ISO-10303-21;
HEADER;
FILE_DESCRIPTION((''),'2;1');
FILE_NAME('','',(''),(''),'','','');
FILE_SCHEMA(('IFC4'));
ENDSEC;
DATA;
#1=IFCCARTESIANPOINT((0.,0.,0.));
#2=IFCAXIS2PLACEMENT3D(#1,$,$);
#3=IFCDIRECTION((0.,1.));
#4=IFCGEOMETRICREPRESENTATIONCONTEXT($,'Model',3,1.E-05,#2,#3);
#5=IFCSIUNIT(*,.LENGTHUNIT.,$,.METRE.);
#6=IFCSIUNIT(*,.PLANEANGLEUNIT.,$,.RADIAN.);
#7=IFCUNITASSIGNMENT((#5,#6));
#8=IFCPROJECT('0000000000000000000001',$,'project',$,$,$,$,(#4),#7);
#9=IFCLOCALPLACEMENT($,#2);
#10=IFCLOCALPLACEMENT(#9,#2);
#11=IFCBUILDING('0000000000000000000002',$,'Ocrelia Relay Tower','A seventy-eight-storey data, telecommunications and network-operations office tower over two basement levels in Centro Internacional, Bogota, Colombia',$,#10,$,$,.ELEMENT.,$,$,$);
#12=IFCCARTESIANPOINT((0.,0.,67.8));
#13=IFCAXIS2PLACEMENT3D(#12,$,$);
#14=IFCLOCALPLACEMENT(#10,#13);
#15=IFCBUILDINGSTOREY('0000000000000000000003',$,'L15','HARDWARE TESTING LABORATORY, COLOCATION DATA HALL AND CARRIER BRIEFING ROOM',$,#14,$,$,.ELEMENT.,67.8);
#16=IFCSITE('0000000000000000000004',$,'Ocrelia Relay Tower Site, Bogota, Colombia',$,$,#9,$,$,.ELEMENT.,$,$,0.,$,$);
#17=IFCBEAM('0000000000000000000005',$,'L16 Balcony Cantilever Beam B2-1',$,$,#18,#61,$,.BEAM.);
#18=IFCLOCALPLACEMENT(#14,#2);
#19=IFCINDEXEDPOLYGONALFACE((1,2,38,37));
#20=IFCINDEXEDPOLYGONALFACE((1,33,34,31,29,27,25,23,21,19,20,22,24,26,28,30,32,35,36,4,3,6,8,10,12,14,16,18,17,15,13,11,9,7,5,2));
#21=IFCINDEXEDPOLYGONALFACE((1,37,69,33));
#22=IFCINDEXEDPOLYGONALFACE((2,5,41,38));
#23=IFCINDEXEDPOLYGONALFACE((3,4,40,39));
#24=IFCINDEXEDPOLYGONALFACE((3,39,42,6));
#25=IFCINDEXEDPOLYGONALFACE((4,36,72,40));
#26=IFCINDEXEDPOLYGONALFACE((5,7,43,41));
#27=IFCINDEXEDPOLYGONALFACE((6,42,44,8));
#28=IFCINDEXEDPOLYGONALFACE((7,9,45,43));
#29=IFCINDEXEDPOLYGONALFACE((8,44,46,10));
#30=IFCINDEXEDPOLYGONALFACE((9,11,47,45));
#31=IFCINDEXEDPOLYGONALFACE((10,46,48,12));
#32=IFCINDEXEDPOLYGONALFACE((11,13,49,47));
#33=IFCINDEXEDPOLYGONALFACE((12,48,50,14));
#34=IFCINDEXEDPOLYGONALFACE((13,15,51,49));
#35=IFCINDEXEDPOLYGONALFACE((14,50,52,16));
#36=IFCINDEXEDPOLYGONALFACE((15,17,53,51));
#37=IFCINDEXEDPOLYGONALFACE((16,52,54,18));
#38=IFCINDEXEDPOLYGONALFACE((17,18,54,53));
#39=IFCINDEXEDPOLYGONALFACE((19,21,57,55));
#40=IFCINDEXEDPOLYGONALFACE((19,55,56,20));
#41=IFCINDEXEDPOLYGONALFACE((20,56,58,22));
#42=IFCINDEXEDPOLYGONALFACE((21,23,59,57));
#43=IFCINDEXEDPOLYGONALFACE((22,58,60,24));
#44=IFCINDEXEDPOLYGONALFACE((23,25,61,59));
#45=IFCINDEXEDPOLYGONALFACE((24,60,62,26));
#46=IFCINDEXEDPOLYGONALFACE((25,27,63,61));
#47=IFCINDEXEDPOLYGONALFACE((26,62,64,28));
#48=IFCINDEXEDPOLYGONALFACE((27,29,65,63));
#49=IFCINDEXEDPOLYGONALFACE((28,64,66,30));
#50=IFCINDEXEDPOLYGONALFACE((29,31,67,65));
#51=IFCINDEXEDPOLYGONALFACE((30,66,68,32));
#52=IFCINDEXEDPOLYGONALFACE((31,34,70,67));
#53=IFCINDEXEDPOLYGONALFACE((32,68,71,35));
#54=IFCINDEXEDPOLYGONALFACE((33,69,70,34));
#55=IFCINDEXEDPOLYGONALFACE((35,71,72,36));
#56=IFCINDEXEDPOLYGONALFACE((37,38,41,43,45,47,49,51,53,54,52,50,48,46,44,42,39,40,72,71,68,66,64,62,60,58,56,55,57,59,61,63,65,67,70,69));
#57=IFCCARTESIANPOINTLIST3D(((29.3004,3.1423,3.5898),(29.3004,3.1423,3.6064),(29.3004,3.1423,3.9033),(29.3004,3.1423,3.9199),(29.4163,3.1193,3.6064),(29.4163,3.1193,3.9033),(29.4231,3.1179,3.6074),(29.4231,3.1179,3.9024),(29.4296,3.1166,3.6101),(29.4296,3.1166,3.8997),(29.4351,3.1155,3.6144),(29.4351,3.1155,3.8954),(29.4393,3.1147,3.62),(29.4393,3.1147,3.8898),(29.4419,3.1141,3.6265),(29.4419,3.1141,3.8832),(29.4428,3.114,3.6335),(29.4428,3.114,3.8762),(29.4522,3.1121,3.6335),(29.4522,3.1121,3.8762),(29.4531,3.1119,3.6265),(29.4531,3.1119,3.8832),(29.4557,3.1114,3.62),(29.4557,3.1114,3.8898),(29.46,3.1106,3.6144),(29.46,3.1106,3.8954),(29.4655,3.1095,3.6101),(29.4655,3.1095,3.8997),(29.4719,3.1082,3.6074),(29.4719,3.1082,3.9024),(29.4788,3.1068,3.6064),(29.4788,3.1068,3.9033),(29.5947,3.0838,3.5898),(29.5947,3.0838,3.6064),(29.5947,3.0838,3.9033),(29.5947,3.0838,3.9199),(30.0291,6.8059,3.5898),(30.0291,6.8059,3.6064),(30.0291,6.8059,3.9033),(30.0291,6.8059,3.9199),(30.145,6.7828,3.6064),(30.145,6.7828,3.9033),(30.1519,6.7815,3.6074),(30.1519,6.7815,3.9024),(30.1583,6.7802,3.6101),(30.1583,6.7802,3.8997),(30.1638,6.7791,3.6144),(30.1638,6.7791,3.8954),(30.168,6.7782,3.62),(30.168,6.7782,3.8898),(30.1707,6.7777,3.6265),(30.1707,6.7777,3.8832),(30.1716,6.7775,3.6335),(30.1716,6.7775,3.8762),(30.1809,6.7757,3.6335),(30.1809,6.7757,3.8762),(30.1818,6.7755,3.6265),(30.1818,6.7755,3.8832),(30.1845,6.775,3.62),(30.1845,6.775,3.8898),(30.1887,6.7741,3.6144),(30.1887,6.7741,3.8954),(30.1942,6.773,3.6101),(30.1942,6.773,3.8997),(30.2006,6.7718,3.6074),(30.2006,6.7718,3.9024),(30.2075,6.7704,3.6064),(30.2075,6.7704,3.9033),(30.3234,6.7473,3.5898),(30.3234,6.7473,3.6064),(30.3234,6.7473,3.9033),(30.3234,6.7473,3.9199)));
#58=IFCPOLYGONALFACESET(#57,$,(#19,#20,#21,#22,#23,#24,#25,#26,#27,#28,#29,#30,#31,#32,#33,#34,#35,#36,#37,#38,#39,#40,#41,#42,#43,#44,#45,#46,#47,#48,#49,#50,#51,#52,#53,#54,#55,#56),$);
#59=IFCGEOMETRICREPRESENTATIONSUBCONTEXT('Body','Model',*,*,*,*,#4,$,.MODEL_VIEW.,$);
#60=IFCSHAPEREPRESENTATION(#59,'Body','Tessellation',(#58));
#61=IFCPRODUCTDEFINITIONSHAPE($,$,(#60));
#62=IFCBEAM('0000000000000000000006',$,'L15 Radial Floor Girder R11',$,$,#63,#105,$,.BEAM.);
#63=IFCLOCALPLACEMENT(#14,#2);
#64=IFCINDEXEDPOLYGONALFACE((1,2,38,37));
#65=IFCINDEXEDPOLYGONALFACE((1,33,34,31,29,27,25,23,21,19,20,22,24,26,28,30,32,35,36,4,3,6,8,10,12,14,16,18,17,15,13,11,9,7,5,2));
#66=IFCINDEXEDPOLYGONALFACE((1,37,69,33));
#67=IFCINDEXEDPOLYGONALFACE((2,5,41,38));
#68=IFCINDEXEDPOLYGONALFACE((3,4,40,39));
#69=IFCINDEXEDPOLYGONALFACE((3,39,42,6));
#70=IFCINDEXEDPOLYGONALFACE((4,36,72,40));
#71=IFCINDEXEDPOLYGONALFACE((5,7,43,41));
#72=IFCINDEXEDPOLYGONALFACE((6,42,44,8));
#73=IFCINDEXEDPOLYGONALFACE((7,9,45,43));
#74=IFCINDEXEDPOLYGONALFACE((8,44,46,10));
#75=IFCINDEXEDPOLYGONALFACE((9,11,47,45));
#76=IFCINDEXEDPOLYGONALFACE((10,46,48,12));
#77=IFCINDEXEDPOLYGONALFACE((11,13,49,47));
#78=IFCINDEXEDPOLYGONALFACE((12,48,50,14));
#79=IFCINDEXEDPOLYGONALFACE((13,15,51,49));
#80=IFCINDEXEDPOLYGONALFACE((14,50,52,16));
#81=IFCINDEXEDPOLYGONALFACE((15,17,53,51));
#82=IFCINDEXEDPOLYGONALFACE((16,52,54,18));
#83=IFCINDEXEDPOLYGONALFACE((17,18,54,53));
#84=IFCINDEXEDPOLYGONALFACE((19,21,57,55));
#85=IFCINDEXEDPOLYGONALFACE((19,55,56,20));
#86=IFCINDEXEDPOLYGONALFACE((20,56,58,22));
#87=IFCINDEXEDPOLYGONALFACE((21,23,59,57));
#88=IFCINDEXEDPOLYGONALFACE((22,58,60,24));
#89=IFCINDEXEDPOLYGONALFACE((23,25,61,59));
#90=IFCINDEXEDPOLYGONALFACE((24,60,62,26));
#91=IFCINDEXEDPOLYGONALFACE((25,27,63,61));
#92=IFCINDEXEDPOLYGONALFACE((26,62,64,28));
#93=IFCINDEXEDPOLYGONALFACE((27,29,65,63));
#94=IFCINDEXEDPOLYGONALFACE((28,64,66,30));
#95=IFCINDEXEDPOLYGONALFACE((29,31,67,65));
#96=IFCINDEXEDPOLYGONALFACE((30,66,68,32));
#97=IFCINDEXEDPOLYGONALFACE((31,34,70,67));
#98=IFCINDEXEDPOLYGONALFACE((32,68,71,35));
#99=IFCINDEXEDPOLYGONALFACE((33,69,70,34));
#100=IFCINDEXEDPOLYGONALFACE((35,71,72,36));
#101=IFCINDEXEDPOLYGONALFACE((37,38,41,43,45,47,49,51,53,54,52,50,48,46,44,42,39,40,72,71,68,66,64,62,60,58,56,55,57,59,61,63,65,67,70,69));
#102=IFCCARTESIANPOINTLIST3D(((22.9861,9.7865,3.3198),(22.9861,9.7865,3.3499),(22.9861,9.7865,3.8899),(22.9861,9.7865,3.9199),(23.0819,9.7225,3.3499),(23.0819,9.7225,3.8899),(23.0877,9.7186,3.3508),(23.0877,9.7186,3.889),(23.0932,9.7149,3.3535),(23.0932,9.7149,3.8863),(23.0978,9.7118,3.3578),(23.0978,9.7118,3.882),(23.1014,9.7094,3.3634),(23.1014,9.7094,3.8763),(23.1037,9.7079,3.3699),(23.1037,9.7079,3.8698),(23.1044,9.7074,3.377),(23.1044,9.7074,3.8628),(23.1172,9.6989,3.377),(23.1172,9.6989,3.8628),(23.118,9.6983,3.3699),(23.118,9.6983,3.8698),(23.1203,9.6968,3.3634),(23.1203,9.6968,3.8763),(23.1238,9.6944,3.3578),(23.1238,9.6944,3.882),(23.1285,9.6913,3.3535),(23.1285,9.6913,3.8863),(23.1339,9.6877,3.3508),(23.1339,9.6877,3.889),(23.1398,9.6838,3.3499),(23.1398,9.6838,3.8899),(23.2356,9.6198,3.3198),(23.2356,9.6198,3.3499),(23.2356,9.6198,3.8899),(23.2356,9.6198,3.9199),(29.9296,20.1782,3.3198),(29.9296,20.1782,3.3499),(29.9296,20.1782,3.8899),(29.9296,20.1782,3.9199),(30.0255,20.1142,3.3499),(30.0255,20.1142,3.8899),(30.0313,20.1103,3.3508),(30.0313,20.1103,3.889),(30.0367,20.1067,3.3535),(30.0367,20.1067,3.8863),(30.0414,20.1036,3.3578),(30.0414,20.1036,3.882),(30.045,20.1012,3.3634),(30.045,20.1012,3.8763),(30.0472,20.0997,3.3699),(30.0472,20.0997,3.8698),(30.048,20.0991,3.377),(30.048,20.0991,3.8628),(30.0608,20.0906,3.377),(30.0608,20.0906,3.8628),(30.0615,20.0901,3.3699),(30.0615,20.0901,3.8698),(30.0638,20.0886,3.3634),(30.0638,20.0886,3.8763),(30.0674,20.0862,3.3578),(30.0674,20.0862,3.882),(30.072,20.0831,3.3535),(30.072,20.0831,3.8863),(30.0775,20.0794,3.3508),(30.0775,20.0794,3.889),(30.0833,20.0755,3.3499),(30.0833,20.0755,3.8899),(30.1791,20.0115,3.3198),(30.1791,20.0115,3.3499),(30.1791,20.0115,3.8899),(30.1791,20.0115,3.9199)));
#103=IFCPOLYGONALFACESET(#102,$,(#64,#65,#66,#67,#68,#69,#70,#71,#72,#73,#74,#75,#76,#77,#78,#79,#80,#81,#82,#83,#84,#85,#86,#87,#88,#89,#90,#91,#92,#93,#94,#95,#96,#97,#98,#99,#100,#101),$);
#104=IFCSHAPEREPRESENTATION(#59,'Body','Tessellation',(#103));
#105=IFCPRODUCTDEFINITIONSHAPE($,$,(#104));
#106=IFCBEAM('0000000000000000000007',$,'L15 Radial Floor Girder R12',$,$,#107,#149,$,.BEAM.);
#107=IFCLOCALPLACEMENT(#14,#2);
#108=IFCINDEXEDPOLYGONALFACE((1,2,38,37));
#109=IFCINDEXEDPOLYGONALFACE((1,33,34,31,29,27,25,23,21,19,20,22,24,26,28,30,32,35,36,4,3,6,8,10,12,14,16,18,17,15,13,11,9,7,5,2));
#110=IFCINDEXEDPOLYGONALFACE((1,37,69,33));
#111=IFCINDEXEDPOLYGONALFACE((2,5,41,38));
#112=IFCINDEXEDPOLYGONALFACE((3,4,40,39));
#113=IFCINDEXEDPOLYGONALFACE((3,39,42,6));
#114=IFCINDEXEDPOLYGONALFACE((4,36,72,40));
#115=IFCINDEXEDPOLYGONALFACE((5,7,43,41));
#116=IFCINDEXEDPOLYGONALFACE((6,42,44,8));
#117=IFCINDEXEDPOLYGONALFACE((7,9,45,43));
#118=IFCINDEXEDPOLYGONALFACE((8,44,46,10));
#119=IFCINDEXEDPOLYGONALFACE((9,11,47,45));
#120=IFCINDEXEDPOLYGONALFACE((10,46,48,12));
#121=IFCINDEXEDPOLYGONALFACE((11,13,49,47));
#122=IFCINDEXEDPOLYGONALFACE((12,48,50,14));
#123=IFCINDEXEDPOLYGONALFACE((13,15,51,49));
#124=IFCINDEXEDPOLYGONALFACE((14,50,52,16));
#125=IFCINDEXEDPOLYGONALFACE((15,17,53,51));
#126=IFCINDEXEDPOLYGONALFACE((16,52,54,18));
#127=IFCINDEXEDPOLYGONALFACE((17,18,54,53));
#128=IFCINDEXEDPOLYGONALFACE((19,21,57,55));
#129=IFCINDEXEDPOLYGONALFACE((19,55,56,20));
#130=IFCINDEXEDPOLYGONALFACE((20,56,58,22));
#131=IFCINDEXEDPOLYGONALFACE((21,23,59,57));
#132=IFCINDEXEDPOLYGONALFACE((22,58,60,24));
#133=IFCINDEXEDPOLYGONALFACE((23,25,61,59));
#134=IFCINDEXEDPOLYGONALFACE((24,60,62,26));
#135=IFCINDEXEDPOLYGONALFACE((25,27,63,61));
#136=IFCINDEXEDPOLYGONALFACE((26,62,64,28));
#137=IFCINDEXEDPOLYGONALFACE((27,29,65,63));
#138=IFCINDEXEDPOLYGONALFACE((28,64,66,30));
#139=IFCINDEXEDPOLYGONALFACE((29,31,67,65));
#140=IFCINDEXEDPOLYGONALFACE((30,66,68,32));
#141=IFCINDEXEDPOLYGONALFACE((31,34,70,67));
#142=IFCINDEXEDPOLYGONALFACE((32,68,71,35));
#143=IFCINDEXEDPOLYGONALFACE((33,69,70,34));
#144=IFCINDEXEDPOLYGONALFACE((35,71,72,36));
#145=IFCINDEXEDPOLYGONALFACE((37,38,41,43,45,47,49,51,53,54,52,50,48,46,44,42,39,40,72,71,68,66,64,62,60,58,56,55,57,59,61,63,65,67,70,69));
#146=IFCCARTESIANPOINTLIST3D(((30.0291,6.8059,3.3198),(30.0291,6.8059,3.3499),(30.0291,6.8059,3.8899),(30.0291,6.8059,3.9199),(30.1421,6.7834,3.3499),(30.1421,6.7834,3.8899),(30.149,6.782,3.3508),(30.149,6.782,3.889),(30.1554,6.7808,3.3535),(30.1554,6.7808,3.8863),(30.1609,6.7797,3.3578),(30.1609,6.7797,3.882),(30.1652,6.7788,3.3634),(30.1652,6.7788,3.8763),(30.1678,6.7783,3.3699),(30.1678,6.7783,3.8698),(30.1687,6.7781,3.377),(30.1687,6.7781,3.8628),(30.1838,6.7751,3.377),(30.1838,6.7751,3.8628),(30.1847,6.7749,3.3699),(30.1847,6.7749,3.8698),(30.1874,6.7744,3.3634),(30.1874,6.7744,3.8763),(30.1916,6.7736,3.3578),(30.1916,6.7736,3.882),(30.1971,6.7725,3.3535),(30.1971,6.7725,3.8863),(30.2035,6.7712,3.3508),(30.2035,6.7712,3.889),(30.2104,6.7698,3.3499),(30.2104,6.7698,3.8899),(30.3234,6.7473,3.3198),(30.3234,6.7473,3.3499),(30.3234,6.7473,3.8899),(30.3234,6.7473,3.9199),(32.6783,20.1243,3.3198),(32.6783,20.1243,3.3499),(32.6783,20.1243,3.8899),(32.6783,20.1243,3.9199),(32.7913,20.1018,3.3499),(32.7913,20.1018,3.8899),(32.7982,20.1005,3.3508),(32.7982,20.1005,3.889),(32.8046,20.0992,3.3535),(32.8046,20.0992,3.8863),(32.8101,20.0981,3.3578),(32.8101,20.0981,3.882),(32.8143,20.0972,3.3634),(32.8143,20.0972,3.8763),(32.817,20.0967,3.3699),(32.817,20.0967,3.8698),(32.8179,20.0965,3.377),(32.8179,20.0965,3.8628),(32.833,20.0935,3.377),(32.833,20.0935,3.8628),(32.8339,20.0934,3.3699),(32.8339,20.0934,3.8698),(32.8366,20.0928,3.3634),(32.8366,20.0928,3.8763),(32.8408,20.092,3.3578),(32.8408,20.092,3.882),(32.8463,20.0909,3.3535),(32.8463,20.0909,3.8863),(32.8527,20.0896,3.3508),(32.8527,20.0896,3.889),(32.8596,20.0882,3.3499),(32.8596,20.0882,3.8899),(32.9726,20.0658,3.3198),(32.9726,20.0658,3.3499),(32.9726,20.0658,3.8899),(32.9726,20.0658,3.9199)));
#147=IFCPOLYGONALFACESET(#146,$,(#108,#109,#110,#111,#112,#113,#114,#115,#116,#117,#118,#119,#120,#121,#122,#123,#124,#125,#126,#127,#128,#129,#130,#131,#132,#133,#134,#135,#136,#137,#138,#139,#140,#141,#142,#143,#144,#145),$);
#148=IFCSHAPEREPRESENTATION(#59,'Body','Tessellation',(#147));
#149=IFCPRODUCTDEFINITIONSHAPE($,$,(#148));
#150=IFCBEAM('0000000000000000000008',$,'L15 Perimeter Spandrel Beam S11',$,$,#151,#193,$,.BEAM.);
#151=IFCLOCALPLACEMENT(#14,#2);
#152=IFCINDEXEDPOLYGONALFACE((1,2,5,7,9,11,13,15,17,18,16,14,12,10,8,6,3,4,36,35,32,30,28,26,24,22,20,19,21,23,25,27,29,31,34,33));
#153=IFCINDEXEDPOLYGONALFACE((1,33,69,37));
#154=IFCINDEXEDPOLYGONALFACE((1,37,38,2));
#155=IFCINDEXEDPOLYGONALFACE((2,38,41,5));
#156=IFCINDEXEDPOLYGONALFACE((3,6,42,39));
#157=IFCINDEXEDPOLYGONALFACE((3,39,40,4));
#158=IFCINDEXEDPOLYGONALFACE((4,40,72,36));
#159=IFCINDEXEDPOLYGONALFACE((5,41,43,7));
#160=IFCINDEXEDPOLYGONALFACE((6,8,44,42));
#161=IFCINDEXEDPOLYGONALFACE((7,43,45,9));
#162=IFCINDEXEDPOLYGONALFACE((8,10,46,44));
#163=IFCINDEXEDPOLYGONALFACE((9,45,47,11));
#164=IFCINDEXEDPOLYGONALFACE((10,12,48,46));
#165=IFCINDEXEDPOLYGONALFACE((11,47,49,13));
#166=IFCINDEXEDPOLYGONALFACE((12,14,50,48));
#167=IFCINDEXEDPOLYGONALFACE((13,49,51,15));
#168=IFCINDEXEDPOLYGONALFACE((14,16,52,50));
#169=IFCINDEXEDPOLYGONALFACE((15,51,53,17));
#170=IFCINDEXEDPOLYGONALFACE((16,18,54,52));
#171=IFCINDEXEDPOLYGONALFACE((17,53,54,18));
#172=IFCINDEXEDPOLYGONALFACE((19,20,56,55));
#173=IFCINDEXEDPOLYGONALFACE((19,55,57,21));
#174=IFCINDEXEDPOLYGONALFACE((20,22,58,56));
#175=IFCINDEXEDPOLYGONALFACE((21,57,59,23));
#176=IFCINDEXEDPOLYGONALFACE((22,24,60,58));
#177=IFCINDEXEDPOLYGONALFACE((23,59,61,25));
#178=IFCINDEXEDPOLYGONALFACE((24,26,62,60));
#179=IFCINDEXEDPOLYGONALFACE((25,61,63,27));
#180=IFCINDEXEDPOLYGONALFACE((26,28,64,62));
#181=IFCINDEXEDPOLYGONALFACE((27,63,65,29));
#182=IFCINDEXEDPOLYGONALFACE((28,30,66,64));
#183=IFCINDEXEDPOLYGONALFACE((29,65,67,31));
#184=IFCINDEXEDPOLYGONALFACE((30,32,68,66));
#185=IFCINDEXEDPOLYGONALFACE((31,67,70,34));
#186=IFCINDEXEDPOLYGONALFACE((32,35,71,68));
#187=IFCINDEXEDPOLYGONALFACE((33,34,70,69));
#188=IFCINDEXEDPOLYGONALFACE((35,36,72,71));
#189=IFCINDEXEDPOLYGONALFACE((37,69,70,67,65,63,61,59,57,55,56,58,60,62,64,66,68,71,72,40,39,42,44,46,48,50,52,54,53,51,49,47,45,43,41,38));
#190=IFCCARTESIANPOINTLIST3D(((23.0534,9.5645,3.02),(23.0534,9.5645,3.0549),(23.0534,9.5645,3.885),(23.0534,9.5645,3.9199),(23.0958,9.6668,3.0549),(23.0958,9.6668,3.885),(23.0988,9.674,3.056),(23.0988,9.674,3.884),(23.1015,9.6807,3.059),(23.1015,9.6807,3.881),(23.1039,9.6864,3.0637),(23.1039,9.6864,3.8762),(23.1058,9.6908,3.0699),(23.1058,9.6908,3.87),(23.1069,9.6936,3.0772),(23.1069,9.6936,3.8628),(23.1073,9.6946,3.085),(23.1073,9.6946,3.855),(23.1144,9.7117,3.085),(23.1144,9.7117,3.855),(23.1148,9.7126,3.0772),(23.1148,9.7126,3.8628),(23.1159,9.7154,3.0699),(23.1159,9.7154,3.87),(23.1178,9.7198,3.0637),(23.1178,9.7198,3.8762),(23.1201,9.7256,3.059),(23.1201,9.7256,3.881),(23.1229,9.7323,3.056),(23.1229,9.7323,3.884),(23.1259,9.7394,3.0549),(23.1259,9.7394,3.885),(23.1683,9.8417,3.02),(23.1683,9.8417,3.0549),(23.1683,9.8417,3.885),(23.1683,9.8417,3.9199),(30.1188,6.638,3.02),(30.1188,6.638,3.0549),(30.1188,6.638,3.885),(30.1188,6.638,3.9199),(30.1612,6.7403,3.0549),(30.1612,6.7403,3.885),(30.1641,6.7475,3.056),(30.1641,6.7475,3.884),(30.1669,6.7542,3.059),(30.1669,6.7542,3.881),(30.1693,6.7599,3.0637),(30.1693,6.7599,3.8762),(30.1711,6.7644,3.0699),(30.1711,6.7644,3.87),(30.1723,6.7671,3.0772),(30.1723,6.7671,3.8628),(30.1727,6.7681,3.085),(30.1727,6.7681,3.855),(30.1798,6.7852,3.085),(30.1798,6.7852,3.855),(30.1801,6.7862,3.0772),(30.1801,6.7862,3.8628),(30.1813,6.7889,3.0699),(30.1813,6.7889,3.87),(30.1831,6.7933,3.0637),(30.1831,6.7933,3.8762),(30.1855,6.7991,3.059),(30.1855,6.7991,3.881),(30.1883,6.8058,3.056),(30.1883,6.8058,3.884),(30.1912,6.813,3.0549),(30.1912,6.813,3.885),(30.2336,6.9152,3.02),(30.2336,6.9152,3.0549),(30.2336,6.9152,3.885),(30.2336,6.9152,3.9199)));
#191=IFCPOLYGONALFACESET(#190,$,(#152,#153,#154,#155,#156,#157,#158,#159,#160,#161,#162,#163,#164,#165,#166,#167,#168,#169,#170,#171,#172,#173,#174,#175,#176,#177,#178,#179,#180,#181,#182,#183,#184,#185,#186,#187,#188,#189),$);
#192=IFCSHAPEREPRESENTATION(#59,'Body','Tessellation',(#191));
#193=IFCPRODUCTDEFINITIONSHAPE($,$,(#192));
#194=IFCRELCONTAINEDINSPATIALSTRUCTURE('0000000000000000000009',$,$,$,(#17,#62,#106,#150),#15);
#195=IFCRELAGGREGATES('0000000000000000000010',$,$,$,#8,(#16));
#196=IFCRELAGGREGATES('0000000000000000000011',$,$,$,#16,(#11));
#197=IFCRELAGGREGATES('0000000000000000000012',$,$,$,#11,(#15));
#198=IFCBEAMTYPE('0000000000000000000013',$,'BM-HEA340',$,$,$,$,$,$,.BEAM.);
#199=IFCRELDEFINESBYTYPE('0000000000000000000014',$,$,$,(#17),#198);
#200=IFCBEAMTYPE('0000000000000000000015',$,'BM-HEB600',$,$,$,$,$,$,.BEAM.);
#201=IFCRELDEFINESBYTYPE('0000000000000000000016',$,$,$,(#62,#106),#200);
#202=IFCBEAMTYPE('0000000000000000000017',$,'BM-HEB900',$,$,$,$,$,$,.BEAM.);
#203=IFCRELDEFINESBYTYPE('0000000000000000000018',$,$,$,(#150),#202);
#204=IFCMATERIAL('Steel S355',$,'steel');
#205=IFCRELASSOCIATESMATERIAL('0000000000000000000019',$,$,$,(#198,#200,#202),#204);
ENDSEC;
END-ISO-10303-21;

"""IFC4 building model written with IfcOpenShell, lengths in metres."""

from ifc_helpers import new_model, si_unit, direction, frame, origin, origin_2d, place, context, subcontext, project, spatial, i_section, extrude, material, material_profile, profile_set, type_object, element, save


model = new_model("IFC4")

# Units and contexts
model_context = context("Model", 3, precision=1e-05, world=origin(), true_north=direction((0.0, 1.0)))
body_context = subcontext(model_context, "Body", "Model", "MODEL_VIEW")
ifc_project = project(units=[si_unit("LENGTHUNIT", "METRE"), si_unit("PLANEANGLEUNIT", "RADIAN")], contexts=[model_context])

# Site, building, storey
site_placement = place(None, origin())
site = spatial("IfcSite", under=ifc_project, at=site_placement, Name="Ocrelia Relay Tower Site, Bogota, Colombia", CompositionType="ELEMENT", RefElevation=0.0)
building_placement = place(site_placement, origin())
building = spatial("IfcBuilding", under=site, at=building_placement, Name="Ocrelia Relay Tower", Description="A seventy-eight-storey data, telecommunications and network-operations office tower over two basement levels in Centro Internacional, Bogota, Colombia", CompositionType="ELEMENT")
storey_placement = place(building_placement, frame((0.0, 0.0, 67.8)))
storey = spatial("IfcBuildingStorey", under=building, at=storey_placement, Name="L15", Description="HARDWARE TESTING LABORATORY, COLOCATION DATA HALL AND CARRIER BRIEFING ROOM", CompositionType="ELEMENT", Elevation=67.8)

# Beams
ifc_material_1 = material(Name="Steel S355", Category="steel")
ifc_material_profile_1 = material_profile(ifc_material_1, i_section(OverallWidth=0.3, OverallDepth=0.3301, WebThickness=0.0095, FlangeThickness=0.0166, FilletRadius=0.0271, at=origin_2d()), Name="HEA 340")
ifc_profile_set_1 = profile_set([ifc_material_profile_1], Name="Steel S355")
beam_type_1 = type_object("IfcBeamType", Name="BM-HEA340", PredefinedType="BEAM", material=ifc_profile_set_1)
beam_1_placement = place(storey_placement, frame((30.1763, 6.7766, 3.7549), z_axis=(-0.195098, -0.980784, 0.0), x_axis=(0.980784, -0.195098, 0.0)))
element("IfcBeam", 1, at=beam_1_placement, inside=storey, type_object=beam_type_1, Name="L16 Balcony Cantilever Beam B2-1", PredefinedType="BEAM", context=body_context, shape_type="SweptSolid", body=[
    extrude(i_section(OverallWidth=0.3, OverallDepth=0.3301, WebThickness=0.0095, FlangeThickness=0.0166, FilletRadius=0.0271, at=origin_2d()), origin(), (0.0, 0.0, 1.0), 3.7354),
])
ifc_material_profile_2 = material_profile(ifc_material_1, i_section(OverallWidth=0.3, OverallDepth=0.6001, WebThickness=0.0154, FlangeThickness=0.03, FilletRadius=0.0271, at=origin_2d()), Name="HEB 600")
ifc_profile_set_2 = profile_set([ifc_material_profile_2], Name="Steel S355")
beam_type_2 = type_object("IfcBeamType", Name="BM-HEB600", PredefinedType="BEAM", material=ifc_profile_set_2)
beam_2_placement = place(storey_placement, frame((23.1108, 9.7031, 3.6199), z_axis=(0.55557, 0.83147, 0.0), x_axis=(-0.83147, 0.55557, 0.0)))
element("IfcBeam", 2, at=beam_2_placement, inside=storey, type_object=beam_type_2, Name="L15 Radial Floor Girder R11", PredefinedType="BEAM", context=body_context, shape_type="SweptSolid", body=[
    extrude(i_section(OverallWidth=0.3, OverallDepth=0.6001, WebThickness=0.0154, FlangeThickness=0.03, FilletRadius=0.0271, at=origin_2d()), origin(), (0.0, 0.0, 1.0), 12.498),
])
beam_3_placement = place(storey_placement, frame((30.1763, 6.7766, 3.6199), z_axis=(0.195089, 0.980786, 0.0), x_axis=(-0.980786, 0.195089, 0.0)))
element("IfcBeam", 3, at=beam_3_placement, inside=storey, type_object=beam_type_2, Name="L15 Radial Floor Girder R12", PredefinedType="BEAM", context=body_context, shape_type="SweptSolid", body=[
    extrude(i_section(OverallWidth=0.3, OverallDepth=0.6001, WebThickness=0.0154, FlangeThickness=0.03, FilletRadius=0.0271, at=origin_2d()), origin(), (0.0, 0.0, 1.0), 13.5793),
])
ifc_material_profile_3 = material_profile(ifc_material_1, i_section(OverallWidth=0.3, OverallDepth=0.8999, WebThickness=0.0186, FlangeThickness=0.0349, FilletRadius=0.03, at=origin_2d()), Name="HEB 900")
ifc_profile_set_3 = profile_set([ifc_material_profile_3], Name="Steel S355")
beam_type_3 = type_object("IfcBeamType", Name="BM-HEB900", PredefinedType="BEAM", material=ifc_profile_set_3)
for number, where, z_axis, x_axis, name in (
    (4, (23.1108, 9.7031, 3.47), (0.923883, -0.382674, 0.0), (0.382674, 0.923883, 0.0), "L15 Perimeter Spandrel Beam S11"),
):
    element("IfcBeam", number, at=place(storey_placement, frame(where, z_axis=z_axis, x_axis=x_axis)), inside=storey, type_object=beam_type_3, Name=name, PredefinedType="BEAM", context=body_context, shape_type="SweptSolid", body=[
        extrude(i_section(OverallWidth=0.3, OverallDepth=0.8999, WebThickness=0.0186, FlangeThickness=0.0349, FilletRadius=0.03, at=origin_2d()), origin(), (0.0, 0.0, 1.0), 7.6475),
    ])

save(model, "model.ifc")
